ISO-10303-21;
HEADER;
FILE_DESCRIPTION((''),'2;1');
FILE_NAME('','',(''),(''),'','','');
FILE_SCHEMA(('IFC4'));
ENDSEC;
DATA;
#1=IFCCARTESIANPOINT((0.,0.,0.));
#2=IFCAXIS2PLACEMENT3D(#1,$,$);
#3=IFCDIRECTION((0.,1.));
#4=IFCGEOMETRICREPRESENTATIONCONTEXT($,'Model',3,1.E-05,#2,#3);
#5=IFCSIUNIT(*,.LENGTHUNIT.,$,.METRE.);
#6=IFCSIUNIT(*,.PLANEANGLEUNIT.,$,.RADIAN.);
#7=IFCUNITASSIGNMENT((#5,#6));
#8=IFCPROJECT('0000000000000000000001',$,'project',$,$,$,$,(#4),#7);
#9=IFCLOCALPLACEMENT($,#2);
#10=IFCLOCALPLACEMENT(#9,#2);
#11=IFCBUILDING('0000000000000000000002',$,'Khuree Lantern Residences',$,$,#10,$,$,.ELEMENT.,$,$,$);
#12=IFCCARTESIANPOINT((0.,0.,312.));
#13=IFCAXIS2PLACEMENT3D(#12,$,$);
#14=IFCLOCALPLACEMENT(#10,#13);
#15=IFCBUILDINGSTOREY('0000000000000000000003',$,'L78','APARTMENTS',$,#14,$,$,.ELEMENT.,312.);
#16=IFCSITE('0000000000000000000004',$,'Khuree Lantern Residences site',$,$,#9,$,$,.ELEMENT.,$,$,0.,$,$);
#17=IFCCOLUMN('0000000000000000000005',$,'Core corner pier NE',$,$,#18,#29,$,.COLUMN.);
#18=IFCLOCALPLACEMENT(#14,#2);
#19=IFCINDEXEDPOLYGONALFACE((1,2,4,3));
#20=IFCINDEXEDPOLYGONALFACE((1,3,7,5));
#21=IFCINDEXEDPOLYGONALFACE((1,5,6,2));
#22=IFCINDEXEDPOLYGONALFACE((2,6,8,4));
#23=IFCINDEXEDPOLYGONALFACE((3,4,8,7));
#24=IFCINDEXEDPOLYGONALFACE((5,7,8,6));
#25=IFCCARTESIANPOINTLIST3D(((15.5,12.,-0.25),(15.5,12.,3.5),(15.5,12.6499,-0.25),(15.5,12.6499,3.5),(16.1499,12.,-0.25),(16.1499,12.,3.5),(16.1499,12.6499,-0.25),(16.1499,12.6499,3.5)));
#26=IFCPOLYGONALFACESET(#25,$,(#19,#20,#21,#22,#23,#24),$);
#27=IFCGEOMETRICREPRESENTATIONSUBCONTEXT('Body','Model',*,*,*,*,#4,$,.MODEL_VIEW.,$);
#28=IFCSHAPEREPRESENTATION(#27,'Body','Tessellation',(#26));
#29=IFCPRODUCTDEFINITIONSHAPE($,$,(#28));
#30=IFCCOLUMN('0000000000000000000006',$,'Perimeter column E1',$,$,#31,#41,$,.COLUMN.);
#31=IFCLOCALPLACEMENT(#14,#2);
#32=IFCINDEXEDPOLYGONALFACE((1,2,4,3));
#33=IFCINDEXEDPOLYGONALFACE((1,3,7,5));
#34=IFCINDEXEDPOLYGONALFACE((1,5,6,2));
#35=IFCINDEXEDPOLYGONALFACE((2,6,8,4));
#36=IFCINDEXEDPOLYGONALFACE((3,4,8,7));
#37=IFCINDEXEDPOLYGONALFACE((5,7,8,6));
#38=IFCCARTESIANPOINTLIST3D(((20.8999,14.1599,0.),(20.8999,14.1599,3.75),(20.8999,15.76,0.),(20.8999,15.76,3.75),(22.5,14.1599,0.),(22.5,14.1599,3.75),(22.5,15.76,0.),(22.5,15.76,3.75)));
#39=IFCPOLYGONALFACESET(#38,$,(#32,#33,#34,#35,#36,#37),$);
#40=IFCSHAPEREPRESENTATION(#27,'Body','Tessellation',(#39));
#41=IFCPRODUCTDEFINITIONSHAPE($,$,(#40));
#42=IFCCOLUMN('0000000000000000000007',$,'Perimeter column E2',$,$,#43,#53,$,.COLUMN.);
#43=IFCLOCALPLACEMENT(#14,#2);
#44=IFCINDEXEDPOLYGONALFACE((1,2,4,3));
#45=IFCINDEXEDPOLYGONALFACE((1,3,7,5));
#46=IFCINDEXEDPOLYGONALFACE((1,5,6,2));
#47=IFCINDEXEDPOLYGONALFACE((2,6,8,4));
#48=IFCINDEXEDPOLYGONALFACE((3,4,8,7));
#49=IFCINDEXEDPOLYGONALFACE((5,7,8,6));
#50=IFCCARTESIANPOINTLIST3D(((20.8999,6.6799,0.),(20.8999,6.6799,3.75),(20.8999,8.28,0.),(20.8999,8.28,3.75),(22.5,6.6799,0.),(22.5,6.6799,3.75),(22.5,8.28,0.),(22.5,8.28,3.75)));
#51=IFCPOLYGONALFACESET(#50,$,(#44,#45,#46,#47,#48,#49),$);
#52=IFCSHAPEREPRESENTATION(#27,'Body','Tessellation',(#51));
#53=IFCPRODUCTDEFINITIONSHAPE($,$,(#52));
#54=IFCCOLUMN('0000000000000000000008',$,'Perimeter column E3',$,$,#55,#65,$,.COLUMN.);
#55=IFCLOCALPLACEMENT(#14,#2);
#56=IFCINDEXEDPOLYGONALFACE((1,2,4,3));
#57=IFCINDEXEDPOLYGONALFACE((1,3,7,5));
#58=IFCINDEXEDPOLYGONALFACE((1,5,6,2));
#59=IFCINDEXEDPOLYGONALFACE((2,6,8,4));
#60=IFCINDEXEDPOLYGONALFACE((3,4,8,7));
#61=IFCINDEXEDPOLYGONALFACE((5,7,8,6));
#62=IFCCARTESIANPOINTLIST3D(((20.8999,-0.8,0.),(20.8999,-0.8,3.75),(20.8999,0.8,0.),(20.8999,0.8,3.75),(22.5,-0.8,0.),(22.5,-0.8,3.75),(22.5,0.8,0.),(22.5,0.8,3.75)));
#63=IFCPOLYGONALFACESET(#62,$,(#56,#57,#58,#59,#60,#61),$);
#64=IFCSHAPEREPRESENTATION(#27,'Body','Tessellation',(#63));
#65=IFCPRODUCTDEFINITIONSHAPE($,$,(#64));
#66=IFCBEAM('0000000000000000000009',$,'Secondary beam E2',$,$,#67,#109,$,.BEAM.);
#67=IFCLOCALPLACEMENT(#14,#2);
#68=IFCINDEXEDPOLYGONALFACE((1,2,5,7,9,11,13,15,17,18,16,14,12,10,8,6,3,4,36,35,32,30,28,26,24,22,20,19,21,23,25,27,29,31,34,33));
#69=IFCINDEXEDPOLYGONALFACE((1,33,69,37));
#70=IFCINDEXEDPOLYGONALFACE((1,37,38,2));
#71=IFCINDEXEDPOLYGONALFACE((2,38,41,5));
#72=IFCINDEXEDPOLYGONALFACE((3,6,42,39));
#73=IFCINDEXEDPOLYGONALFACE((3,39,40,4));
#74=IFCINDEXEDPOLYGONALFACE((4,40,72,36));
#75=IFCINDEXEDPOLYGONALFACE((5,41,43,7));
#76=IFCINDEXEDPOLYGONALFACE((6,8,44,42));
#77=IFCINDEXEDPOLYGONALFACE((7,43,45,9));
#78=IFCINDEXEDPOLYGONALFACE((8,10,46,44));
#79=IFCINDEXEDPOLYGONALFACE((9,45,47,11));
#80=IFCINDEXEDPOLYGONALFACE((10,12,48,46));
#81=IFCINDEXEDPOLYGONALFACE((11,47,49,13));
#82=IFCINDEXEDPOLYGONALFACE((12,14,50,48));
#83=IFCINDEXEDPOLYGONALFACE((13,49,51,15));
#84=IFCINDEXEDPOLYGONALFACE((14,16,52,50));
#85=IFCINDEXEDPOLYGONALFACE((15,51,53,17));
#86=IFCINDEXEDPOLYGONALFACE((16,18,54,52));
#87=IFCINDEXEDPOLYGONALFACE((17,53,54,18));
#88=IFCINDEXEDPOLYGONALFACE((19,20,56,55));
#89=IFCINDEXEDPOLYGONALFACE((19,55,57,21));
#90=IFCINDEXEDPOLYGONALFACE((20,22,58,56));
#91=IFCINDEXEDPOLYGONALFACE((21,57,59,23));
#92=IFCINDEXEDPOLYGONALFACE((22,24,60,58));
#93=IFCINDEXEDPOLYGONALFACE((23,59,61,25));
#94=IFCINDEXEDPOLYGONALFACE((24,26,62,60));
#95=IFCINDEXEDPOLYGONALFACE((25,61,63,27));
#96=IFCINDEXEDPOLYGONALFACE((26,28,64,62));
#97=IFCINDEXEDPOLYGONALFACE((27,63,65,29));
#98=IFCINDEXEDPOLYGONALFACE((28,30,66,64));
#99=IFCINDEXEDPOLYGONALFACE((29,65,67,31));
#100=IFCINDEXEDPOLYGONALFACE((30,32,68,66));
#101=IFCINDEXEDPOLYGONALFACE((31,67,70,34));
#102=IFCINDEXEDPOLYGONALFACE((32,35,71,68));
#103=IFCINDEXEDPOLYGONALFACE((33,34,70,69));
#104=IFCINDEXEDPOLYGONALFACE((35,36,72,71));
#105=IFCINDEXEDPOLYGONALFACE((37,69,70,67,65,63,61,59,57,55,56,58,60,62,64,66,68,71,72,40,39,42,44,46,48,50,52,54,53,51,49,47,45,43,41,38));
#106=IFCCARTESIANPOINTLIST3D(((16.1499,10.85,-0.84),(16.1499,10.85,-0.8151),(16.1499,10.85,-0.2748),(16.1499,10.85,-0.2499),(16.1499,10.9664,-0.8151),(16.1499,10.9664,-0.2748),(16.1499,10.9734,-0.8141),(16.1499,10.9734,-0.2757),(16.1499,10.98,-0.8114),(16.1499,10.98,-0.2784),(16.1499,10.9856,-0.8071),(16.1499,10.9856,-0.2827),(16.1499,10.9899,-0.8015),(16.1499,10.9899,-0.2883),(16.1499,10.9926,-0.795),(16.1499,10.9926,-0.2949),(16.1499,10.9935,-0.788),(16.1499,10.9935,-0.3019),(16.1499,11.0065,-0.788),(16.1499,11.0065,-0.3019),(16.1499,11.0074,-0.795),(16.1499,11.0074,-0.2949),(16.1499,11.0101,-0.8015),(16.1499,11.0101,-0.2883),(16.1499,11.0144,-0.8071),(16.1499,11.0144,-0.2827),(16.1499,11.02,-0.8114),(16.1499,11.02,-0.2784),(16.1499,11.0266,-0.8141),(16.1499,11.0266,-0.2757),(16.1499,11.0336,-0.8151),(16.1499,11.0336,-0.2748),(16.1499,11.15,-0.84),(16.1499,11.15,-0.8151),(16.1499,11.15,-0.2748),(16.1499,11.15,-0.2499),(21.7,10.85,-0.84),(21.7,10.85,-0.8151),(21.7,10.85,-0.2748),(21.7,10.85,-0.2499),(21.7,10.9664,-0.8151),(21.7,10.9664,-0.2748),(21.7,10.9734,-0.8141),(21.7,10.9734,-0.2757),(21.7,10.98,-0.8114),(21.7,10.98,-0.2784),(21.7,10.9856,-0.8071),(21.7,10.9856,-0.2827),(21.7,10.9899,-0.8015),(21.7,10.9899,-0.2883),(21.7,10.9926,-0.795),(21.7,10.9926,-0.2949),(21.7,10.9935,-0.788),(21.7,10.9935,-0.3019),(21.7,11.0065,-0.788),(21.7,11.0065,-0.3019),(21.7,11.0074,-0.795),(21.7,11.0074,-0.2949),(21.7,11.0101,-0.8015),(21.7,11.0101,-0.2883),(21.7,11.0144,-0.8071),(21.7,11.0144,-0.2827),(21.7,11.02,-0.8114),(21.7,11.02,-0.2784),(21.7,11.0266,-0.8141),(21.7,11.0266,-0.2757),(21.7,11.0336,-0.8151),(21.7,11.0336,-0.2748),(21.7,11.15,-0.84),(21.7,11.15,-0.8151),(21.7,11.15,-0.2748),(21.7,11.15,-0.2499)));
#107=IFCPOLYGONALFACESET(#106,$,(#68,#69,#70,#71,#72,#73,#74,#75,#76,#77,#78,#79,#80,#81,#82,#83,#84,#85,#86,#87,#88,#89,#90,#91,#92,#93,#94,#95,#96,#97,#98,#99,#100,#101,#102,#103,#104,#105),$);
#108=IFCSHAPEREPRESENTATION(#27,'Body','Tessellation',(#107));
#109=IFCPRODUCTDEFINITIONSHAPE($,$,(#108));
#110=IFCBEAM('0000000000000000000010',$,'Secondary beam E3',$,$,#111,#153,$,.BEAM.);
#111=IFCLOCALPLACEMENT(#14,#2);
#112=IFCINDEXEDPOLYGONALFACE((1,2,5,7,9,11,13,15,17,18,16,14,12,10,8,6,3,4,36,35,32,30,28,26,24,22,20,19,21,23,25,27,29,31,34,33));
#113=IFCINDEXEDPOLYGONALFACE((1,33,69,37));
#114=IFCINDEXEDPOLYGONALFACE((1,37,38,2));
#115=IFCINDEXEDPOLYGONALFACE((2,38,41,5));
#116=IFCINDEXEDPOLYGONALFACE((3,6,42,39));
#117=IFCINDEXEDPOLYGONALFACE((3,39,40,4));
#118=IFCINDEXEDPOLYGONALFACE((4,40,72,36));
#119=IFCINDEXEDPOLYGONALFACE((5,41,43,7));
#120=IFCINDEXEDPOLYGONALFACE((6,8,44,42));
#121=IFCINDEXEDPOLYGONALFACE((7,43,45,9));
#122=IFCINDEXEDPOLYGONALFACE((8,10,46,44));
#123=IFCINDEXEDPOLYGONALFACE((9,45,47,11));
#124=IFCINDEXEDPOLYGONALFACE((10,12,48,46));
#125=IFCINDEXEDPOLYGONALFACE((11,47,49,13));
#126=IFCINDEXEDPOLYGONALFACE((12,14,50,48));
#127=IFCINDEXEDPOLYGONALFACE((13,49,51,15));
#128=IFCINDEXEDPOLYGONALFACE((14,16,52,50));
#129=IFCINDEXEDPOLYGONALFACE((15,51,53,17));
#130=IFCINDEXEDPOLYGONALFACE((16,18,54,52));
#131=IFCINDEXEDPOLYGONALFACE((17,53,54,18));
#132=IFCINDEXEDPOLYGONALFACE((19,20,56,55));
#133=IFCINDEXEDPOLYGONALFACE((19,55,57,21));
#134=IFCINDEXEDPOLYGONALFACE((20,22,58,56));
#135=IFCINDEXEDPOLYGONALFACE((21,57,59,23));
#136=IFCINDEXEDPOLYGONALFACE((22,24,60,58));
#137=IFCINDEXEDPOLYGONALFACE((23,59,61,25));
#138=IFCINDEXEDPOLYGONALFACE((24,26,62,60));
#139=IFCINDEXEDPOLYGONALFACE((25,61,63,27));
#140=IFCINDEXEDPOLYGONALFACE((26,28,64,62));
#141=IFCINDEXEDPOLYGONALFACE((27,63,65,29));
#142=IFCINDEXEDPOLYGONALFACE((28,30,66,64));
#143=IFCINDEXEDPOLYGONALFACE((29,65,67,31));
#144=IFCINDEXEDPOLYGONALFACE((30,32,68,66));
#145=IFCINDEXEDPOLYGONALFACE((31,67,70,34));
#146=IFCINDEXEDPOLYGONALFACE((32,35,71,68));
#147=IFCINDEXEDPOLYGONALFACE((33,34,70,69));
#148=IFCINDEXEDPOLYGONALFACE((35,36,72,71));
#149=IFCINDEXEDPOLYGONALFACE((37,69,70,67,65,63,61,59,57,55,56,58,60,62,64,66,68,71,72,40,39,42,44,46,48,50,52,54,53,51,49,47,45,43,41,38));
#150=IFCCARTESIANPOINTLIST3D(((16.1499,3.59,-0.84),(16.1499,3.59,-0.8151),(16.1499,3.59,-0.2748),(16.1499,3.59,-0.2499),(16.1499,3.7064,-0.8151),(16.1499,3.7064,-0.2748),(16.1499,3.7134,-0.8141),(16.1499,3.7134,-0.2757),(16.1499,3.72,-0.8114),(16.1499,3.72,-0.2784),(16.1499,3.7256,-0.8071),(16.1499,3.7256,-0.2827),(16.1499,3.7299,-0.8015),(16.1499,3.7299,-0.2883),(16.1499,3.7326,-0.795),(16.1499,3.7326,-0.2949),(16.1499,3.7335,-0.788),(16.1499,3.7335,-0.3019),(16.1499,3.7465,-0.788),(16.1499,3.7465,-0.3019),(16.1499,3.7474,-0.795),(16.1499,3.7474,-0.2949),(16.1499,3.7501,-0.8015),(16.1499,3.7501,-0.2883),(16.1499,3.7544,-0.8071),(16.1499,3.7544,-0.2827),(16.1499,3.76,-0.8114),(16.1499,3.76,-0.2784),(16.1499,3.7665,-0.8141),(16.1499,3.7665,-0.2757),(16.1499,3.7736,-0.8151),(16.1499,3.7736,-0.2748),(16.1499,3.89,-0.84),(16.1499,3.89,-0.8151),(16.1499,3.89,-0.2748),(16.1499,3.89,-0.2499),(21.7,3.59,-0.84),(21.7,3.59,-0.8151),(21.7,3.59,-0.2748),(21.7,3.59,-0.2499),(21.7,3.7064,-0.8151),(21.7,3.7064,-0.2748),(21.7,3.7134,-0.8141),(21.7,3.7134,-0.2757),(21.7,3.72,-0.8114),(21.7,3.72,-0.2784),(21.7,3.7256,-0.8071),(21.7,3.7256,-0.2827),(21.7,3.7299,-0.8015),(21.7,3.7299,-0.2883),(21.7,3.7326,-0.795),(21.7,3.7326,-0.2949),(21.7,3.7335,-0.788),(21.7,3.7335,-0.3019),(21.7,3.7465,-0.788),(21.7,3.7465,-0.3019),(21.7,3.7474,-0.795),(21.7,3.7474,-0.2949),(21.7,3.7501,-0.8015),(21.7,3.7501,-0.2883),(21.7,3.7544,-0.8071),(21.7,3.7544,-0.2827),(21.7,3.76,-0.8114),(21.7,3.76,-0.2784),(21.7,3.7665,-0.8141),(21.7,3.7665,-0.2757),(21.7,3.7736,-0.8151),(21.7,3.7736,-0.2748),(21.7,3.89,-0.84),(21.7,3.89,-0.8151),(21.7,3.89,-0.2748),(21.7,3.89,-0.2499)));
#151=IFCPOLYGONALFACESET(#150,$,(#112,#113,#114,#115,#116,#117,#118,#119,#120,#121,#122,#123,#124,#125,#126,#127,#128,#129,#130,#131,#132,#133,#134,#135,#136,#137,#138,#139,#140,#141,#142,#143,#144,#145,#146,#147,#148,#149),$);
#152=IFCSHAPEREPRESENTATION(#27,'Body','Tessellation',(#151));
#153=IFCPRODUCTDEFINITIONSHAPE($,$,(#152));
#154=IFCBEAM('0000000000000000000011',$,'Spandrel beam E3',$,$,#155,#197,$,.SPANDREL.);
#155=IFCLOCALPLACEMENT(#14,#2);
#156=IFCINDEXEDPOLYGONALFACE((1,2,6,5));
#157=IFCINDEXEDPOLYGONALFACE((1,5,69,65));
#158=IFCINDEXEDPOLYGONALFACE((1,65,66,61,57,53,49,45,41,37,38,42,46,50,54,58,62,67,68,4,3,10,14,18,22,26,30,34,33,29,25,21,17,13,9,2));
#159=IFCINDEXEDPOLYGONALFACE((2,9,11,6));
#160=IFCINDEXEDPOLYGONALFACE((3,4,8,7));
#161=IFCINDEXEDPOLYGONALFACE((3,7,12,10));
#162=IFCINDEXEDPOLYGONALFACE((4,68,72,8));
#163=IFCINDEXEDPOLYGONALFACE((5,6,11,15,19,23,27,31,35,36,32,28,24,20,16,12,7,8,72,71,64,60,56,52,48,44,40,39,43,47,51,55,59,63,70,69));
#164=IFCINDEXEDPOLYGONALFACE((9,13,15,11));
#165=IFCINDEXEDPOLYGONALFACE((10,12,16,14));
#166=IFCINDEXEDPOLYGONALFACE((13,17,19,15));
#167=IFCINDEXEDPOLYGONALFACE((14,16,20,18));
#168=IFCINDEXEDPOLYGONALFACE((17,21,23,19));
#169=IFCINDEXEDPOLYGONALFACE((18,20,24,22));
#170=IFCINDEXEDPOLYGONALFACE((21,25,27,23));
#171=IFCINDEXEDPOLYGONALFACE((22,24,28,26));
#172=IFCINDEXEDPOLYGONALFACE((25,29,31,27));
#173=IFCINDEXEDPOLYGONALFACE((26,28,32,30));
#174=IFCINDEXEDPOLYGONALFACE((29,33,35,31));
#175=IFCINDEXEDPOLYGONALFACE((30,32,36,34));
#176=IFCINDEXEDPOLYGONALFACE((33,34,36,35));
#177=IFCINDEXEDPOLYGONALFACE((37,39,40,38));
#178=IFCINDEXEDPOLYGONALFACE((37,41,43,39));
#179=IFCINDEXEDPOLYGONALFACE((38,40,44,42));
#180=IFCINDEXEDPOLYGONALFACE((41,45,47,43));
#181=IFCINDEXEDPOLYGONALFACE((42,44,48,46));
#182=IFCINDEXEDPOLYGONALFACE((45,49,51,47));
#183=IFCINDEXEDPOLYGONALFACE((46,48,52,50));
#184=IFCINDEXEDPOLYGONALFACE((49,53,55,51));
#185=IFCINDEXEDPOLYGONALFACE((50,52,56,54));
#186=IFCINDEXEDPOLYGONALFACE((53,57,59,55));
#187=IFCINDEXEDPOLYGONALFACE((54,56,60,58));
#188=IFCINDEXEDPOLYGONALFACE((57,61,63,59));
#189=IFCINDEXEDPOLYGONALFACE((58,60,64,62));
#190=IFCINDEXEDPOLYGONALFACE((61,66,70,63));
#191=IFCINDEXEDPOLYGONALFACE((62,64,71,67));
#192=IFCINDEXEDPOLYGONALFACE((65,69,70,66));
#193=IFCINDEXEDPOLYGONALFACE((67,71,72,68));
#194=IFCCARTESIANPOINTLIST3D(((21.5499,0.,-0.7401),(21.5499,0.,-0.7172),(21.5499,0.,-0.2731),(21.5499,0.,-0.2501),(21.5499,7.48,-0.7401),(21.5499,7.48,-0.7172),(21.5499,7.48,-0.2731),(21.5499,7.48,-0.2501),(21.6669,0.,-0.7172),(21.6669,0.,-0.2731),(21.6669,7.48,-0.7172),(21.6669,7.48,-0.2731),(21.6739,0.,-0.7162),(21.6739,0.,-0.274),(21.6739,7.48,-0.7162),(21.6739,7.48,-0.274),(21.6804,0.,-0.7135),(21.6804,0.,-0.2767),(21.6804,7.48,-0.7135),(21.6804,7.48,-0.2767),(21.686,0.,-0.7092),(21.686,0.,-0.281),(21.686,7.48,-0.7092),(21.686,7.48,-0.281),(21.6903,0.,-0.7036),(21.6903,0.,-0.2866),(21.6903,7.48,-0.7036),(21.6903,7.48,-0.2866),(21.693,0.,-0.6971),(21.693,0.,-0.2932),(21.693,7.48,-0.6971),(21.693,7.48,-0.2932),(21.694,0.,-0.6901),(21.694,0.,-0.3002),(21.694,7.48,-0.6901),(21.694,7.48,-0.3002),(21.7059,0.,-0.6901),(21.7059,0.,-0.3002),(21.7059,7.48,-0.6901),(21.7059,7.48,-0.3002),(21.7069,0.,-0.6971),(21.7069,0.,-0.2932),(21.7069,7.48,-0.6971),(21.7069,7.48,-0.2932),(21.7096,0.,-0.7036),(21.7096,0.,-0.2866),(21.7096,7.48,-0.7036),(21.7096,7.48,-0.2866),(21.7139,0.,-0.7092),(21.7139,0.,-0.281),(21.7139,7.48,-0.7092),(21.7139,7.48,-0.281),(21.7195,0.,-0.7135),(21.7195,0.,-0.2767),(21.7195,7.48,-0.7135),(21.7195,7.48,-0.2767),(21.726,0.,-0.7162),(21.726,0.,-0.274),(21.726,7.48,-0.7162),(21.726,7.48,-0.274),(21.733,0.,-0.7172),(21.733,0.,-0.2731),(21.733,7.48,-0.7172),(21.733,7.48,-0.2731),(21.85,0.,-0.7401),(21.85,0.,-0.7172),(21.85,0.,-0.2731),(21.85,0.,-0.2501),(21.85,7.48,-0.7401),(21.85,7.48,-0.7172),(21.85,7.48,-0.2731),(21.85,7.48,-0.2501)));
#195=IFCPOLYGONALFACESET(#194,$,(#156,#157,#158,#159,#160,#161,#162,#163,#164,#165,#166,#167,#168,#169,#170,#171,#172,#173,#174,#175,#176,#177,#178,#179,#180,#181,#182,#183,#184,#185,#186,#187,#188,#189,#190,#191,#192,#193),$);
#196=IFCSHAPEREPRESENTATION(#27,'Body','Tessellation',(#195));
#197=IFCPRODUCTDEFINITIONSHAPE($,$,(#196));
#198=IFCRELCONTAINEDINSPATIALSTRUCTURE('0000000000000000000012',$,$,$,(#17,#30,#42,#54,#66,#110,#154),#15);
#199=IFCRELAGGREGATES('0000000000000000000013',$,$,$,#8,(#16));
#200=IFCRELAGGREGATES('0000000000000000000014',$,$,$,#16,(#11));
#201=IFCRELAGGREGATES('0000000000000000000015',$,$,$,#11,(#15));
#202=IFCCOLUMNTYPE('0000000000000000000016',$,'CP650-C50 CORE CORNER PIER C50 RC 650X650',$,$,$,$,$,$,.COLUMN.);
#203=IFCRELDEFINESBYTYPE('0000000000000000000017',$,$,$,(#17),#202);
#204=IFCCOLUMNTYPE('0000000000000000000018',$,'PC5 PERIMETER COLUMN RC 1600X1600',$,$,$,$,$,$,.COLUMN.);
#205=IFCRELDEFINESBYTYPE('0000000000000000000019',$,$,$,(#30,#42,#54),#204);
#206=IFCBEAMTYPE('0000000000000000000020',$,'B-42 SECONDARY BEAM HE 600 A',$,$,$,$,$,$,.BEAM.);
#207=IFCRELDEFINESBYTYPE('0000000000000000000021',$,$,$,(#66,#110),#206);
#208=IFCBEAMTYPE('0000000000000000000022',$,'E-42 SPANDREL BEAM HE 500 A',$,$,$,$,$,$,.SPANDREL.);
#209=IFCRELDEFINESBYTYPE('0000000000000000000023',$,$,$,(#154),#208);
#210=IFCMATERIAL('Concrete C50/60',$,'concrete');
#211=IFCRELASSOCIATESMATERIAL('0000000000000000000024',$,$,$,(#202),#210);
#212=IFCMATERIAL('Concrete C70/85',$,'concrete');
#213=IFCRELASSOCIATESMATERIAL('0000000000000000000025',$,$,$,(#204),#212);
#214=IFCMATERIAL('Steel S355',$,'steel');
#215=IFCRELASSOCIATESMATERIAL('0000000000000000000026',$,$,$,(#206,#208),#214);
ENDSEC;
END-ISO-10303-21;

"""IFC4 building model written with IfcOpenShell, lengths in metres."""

from ifc_helpers import new_model, si_unit, direction, frame, origin, origin_2d, place, context, subcontext, project, spatial, rectangle, i_section, extrude, material, material_profile, profile_set, type_object, element, save


model = new_model("IFC4")

# Units and contexts
model_context = context("Model", 3, precision=1e-05, world=origin(), true_north=direction((0.0, 1.0)))
body_context = subcontext(model_context, "Body", "Model", "MODEL_VIEW")
ifc_project = project(units=[si_unit("LENGTHUNIT", "METRE"), si_unit("PLANEANGLEUNIT", "RADIAN")], contexts=[model_context])

# Site, building, storey
site_placement = place(None, origin())
site = spatial("IfcSite", under=ifc_project, at=site_placement, Name="Khuree Lantern Residences site", CompositionType="ELEMENT", RefElevation=0.0)
building_placement = place(site_placement, origin())
building = spatial("IfcBuilding", under=site, at=building_placement, Name="Khuree Lantern Residences", CompositionType="ELEMENT")
storey_placement = place(building_placement, frame((0.0, 0.0, 312.0)))
storey = spatial("IfcBuildingStorey", under=building, at=storey_placement, Name="L78", Description="APARTMENTS", CompositionType="ELEMENT", Elevation=312.0)

# Columns
ifc_material_1 = material(Name="Concrete C50/60", Category="concrete")
ifc_material_profile_1 = material_profile(ifc_material_1, rectangle(XDim=0.6499, YDim=0.6499, at=origin_2d()), Name="RC 650X650")
ifc_profile_set_1 = profile_set([ifc_material_profile_1], Name="Concrete C50/60")
column_type_1 = type_object("IfcColumnType", Name="CP650-C50 CORE CORNER PIER C50 RC 650X650", PredefinedType="COLUMN", material=ifc_profile_set_1)
column_placement = place(storey_placement, frame((15.825, 12.325, -0.25), z_axis=(0.0, 0.0, 1.0), x_axis=(1.0, 0.0, 0.0)))
element("IfcColumn", 1, at=column_placement, inside=storey, type_object=column_type_1, Name="Core corner pier NE", PredefinedType="COLUMN", context=body_context, shape_type="SweptSolid", body=[
    extrude(rectangle(XDim=0.6499, YDim=0.6499, at=origin_2d()), origin(), (0.0, 0.0, 1.0), 3.75),
])
ifc_material_2 = material(Name="Concrete C70/85", Category="concrete")
ifc_material_profile_2 = material_profile(ifc_material_2, rectangle(XDim=1.6001, YDim=1.6001, at=origin_2d()), Name="RC 1600X1600")
ifc_profile_set_2 = profile_set([ifc_material_profile_2], Name="Concrete C70/85")
column_type_2 = type_object("IfcColumnType", Name="PC5 PERIMETER COLUMN RC 1600X1600", PredefinedType="COLUMN", material=ifc_profile_set_2)
for number, where, z_axis, x_axis, name in (
    (2, (21.7, 14.96, 0.0), (0.0, 0.0, 1.0), (0.0, 1.0, 0.0), "Perimeter column E1"),
    (3, (21.7, 7.48, 0.0), (0.0, 0.0, 1.0), (0.0, 1.0, 0.0), "Perimeter column E2"),
    (4, (21.7, 0.0, 0.0), (0.0, 0.0, 1.0), (0.0, 1.0, 0.0), "Perimeter column E3"),
):
    element("IfcColumn", number, at=place(storey_placement, frame(where, z_axis=z_axis, x_axis=x_axis)), inside=storey, type_object=column_type_2, Name=name, PredefinedType="COLUMN", context=body_context, shape_type="SweptSolid", body=[
        extrude(rectangle(XDim=1.6001, YDim=1.6001, at=origin_2d()), origin(), (0.0, 0.0, 1.0), 3.75),
    ])

# Beams
ifc_material_3 = material(Name="Steel S355", Category="steel")
ifc_material_profile_3 = material_profile(ifc_material_3, i_section(OverallWidth=0.3, OverallDepth=0.5901, WebThickness=0.0129, FlangeThickness=0.0249, FilletRadius=0.0271, at=origin_2d()), Name="HE 600 A")
ifc_profile_set_3 = profile_set([ifc_material_profile_3], Name="Steel S355")
beam_type_1 = type_object("IfcBeamType", Name="B-42 SECONDARY BEAM HE 600 A", PredefinedType="BEAM", material=ifc_profile_set_3)
for number, where, z_axis, x_axis, name in (
    (5, (21.7, 11.0, -0.5449), (-1.0, 0.0, 0.0), (0.0, -1.0, 0.0), "Secondary beam E2"),
    (6, (21.7, 3.74, -0.5449), (-1.0, 0.0, 0.0), (0.0, -1.0, 0.0), "Secondary beam E3"),
):
    element("IfcBeam", number, at=place(storey_placement, frame(where, z_axis=z_axis, x_axis=x_axis)), inside=storey, type_object=beam_type_1, Name=name, PredefinedType="BEAM", context=body_context, shape_type="SweptSolid", body=[
        extrude(i_section(OverallWidth=0.3, OverallDepth=0.5901, WebThickness=0.0129, FlangeThickness=0.0249, FilletRadius=0.0271, at=origin_2d()), origin(), (0.0, 0.0, 1.0), 5.55),
    ])
ifc_material_profile_4 = material_profile(ifc_material_3, i_section(OverallWidth=0.3, OverallDepth=0.49, WebThickness=0.012, FlangeThickness=0.0229, FilletRadius=0.0271, at=origin_2d()), Name="HE 500 A")
ifc_profile_set_4 = profile_set([ifc_material_profile_4], Name="Steel S355")
beam_type_2 = type_object("IfcBeamType", Name="E-42 SPANDREL BEAM HE 500 A", PredefinedType="SPANDREL", material=ifc_profile_set_4)
for number, where, z_axis, x_axis, name in (
    (7, (21.7, 7.48, -0.4951), (0.0, -1.0, 0.0), (1.0, 0.0, 0.0), "Spandrel beam E3"),
):
    element("IfcBeam", number, at=place(storey_placement, frame(where, z_axis=z_axis, x_axis=x_axis)), inside=storey, type_object=beam_type_2, Name=name, PredefinedType="SPANDREL", context=body_context, shape_type="SweptSolid", body=[
        extrude(i_section(OverallWidth=0.3, OverallDepth=0.49, WebThickness=0.012, FlangeThickness=0.0229, FilletRadius=0.0271, at=origin_2d()), origin(), (0.0, 0.0, 1.0), 7.48),
    ])

save(model, "model.ifc")
